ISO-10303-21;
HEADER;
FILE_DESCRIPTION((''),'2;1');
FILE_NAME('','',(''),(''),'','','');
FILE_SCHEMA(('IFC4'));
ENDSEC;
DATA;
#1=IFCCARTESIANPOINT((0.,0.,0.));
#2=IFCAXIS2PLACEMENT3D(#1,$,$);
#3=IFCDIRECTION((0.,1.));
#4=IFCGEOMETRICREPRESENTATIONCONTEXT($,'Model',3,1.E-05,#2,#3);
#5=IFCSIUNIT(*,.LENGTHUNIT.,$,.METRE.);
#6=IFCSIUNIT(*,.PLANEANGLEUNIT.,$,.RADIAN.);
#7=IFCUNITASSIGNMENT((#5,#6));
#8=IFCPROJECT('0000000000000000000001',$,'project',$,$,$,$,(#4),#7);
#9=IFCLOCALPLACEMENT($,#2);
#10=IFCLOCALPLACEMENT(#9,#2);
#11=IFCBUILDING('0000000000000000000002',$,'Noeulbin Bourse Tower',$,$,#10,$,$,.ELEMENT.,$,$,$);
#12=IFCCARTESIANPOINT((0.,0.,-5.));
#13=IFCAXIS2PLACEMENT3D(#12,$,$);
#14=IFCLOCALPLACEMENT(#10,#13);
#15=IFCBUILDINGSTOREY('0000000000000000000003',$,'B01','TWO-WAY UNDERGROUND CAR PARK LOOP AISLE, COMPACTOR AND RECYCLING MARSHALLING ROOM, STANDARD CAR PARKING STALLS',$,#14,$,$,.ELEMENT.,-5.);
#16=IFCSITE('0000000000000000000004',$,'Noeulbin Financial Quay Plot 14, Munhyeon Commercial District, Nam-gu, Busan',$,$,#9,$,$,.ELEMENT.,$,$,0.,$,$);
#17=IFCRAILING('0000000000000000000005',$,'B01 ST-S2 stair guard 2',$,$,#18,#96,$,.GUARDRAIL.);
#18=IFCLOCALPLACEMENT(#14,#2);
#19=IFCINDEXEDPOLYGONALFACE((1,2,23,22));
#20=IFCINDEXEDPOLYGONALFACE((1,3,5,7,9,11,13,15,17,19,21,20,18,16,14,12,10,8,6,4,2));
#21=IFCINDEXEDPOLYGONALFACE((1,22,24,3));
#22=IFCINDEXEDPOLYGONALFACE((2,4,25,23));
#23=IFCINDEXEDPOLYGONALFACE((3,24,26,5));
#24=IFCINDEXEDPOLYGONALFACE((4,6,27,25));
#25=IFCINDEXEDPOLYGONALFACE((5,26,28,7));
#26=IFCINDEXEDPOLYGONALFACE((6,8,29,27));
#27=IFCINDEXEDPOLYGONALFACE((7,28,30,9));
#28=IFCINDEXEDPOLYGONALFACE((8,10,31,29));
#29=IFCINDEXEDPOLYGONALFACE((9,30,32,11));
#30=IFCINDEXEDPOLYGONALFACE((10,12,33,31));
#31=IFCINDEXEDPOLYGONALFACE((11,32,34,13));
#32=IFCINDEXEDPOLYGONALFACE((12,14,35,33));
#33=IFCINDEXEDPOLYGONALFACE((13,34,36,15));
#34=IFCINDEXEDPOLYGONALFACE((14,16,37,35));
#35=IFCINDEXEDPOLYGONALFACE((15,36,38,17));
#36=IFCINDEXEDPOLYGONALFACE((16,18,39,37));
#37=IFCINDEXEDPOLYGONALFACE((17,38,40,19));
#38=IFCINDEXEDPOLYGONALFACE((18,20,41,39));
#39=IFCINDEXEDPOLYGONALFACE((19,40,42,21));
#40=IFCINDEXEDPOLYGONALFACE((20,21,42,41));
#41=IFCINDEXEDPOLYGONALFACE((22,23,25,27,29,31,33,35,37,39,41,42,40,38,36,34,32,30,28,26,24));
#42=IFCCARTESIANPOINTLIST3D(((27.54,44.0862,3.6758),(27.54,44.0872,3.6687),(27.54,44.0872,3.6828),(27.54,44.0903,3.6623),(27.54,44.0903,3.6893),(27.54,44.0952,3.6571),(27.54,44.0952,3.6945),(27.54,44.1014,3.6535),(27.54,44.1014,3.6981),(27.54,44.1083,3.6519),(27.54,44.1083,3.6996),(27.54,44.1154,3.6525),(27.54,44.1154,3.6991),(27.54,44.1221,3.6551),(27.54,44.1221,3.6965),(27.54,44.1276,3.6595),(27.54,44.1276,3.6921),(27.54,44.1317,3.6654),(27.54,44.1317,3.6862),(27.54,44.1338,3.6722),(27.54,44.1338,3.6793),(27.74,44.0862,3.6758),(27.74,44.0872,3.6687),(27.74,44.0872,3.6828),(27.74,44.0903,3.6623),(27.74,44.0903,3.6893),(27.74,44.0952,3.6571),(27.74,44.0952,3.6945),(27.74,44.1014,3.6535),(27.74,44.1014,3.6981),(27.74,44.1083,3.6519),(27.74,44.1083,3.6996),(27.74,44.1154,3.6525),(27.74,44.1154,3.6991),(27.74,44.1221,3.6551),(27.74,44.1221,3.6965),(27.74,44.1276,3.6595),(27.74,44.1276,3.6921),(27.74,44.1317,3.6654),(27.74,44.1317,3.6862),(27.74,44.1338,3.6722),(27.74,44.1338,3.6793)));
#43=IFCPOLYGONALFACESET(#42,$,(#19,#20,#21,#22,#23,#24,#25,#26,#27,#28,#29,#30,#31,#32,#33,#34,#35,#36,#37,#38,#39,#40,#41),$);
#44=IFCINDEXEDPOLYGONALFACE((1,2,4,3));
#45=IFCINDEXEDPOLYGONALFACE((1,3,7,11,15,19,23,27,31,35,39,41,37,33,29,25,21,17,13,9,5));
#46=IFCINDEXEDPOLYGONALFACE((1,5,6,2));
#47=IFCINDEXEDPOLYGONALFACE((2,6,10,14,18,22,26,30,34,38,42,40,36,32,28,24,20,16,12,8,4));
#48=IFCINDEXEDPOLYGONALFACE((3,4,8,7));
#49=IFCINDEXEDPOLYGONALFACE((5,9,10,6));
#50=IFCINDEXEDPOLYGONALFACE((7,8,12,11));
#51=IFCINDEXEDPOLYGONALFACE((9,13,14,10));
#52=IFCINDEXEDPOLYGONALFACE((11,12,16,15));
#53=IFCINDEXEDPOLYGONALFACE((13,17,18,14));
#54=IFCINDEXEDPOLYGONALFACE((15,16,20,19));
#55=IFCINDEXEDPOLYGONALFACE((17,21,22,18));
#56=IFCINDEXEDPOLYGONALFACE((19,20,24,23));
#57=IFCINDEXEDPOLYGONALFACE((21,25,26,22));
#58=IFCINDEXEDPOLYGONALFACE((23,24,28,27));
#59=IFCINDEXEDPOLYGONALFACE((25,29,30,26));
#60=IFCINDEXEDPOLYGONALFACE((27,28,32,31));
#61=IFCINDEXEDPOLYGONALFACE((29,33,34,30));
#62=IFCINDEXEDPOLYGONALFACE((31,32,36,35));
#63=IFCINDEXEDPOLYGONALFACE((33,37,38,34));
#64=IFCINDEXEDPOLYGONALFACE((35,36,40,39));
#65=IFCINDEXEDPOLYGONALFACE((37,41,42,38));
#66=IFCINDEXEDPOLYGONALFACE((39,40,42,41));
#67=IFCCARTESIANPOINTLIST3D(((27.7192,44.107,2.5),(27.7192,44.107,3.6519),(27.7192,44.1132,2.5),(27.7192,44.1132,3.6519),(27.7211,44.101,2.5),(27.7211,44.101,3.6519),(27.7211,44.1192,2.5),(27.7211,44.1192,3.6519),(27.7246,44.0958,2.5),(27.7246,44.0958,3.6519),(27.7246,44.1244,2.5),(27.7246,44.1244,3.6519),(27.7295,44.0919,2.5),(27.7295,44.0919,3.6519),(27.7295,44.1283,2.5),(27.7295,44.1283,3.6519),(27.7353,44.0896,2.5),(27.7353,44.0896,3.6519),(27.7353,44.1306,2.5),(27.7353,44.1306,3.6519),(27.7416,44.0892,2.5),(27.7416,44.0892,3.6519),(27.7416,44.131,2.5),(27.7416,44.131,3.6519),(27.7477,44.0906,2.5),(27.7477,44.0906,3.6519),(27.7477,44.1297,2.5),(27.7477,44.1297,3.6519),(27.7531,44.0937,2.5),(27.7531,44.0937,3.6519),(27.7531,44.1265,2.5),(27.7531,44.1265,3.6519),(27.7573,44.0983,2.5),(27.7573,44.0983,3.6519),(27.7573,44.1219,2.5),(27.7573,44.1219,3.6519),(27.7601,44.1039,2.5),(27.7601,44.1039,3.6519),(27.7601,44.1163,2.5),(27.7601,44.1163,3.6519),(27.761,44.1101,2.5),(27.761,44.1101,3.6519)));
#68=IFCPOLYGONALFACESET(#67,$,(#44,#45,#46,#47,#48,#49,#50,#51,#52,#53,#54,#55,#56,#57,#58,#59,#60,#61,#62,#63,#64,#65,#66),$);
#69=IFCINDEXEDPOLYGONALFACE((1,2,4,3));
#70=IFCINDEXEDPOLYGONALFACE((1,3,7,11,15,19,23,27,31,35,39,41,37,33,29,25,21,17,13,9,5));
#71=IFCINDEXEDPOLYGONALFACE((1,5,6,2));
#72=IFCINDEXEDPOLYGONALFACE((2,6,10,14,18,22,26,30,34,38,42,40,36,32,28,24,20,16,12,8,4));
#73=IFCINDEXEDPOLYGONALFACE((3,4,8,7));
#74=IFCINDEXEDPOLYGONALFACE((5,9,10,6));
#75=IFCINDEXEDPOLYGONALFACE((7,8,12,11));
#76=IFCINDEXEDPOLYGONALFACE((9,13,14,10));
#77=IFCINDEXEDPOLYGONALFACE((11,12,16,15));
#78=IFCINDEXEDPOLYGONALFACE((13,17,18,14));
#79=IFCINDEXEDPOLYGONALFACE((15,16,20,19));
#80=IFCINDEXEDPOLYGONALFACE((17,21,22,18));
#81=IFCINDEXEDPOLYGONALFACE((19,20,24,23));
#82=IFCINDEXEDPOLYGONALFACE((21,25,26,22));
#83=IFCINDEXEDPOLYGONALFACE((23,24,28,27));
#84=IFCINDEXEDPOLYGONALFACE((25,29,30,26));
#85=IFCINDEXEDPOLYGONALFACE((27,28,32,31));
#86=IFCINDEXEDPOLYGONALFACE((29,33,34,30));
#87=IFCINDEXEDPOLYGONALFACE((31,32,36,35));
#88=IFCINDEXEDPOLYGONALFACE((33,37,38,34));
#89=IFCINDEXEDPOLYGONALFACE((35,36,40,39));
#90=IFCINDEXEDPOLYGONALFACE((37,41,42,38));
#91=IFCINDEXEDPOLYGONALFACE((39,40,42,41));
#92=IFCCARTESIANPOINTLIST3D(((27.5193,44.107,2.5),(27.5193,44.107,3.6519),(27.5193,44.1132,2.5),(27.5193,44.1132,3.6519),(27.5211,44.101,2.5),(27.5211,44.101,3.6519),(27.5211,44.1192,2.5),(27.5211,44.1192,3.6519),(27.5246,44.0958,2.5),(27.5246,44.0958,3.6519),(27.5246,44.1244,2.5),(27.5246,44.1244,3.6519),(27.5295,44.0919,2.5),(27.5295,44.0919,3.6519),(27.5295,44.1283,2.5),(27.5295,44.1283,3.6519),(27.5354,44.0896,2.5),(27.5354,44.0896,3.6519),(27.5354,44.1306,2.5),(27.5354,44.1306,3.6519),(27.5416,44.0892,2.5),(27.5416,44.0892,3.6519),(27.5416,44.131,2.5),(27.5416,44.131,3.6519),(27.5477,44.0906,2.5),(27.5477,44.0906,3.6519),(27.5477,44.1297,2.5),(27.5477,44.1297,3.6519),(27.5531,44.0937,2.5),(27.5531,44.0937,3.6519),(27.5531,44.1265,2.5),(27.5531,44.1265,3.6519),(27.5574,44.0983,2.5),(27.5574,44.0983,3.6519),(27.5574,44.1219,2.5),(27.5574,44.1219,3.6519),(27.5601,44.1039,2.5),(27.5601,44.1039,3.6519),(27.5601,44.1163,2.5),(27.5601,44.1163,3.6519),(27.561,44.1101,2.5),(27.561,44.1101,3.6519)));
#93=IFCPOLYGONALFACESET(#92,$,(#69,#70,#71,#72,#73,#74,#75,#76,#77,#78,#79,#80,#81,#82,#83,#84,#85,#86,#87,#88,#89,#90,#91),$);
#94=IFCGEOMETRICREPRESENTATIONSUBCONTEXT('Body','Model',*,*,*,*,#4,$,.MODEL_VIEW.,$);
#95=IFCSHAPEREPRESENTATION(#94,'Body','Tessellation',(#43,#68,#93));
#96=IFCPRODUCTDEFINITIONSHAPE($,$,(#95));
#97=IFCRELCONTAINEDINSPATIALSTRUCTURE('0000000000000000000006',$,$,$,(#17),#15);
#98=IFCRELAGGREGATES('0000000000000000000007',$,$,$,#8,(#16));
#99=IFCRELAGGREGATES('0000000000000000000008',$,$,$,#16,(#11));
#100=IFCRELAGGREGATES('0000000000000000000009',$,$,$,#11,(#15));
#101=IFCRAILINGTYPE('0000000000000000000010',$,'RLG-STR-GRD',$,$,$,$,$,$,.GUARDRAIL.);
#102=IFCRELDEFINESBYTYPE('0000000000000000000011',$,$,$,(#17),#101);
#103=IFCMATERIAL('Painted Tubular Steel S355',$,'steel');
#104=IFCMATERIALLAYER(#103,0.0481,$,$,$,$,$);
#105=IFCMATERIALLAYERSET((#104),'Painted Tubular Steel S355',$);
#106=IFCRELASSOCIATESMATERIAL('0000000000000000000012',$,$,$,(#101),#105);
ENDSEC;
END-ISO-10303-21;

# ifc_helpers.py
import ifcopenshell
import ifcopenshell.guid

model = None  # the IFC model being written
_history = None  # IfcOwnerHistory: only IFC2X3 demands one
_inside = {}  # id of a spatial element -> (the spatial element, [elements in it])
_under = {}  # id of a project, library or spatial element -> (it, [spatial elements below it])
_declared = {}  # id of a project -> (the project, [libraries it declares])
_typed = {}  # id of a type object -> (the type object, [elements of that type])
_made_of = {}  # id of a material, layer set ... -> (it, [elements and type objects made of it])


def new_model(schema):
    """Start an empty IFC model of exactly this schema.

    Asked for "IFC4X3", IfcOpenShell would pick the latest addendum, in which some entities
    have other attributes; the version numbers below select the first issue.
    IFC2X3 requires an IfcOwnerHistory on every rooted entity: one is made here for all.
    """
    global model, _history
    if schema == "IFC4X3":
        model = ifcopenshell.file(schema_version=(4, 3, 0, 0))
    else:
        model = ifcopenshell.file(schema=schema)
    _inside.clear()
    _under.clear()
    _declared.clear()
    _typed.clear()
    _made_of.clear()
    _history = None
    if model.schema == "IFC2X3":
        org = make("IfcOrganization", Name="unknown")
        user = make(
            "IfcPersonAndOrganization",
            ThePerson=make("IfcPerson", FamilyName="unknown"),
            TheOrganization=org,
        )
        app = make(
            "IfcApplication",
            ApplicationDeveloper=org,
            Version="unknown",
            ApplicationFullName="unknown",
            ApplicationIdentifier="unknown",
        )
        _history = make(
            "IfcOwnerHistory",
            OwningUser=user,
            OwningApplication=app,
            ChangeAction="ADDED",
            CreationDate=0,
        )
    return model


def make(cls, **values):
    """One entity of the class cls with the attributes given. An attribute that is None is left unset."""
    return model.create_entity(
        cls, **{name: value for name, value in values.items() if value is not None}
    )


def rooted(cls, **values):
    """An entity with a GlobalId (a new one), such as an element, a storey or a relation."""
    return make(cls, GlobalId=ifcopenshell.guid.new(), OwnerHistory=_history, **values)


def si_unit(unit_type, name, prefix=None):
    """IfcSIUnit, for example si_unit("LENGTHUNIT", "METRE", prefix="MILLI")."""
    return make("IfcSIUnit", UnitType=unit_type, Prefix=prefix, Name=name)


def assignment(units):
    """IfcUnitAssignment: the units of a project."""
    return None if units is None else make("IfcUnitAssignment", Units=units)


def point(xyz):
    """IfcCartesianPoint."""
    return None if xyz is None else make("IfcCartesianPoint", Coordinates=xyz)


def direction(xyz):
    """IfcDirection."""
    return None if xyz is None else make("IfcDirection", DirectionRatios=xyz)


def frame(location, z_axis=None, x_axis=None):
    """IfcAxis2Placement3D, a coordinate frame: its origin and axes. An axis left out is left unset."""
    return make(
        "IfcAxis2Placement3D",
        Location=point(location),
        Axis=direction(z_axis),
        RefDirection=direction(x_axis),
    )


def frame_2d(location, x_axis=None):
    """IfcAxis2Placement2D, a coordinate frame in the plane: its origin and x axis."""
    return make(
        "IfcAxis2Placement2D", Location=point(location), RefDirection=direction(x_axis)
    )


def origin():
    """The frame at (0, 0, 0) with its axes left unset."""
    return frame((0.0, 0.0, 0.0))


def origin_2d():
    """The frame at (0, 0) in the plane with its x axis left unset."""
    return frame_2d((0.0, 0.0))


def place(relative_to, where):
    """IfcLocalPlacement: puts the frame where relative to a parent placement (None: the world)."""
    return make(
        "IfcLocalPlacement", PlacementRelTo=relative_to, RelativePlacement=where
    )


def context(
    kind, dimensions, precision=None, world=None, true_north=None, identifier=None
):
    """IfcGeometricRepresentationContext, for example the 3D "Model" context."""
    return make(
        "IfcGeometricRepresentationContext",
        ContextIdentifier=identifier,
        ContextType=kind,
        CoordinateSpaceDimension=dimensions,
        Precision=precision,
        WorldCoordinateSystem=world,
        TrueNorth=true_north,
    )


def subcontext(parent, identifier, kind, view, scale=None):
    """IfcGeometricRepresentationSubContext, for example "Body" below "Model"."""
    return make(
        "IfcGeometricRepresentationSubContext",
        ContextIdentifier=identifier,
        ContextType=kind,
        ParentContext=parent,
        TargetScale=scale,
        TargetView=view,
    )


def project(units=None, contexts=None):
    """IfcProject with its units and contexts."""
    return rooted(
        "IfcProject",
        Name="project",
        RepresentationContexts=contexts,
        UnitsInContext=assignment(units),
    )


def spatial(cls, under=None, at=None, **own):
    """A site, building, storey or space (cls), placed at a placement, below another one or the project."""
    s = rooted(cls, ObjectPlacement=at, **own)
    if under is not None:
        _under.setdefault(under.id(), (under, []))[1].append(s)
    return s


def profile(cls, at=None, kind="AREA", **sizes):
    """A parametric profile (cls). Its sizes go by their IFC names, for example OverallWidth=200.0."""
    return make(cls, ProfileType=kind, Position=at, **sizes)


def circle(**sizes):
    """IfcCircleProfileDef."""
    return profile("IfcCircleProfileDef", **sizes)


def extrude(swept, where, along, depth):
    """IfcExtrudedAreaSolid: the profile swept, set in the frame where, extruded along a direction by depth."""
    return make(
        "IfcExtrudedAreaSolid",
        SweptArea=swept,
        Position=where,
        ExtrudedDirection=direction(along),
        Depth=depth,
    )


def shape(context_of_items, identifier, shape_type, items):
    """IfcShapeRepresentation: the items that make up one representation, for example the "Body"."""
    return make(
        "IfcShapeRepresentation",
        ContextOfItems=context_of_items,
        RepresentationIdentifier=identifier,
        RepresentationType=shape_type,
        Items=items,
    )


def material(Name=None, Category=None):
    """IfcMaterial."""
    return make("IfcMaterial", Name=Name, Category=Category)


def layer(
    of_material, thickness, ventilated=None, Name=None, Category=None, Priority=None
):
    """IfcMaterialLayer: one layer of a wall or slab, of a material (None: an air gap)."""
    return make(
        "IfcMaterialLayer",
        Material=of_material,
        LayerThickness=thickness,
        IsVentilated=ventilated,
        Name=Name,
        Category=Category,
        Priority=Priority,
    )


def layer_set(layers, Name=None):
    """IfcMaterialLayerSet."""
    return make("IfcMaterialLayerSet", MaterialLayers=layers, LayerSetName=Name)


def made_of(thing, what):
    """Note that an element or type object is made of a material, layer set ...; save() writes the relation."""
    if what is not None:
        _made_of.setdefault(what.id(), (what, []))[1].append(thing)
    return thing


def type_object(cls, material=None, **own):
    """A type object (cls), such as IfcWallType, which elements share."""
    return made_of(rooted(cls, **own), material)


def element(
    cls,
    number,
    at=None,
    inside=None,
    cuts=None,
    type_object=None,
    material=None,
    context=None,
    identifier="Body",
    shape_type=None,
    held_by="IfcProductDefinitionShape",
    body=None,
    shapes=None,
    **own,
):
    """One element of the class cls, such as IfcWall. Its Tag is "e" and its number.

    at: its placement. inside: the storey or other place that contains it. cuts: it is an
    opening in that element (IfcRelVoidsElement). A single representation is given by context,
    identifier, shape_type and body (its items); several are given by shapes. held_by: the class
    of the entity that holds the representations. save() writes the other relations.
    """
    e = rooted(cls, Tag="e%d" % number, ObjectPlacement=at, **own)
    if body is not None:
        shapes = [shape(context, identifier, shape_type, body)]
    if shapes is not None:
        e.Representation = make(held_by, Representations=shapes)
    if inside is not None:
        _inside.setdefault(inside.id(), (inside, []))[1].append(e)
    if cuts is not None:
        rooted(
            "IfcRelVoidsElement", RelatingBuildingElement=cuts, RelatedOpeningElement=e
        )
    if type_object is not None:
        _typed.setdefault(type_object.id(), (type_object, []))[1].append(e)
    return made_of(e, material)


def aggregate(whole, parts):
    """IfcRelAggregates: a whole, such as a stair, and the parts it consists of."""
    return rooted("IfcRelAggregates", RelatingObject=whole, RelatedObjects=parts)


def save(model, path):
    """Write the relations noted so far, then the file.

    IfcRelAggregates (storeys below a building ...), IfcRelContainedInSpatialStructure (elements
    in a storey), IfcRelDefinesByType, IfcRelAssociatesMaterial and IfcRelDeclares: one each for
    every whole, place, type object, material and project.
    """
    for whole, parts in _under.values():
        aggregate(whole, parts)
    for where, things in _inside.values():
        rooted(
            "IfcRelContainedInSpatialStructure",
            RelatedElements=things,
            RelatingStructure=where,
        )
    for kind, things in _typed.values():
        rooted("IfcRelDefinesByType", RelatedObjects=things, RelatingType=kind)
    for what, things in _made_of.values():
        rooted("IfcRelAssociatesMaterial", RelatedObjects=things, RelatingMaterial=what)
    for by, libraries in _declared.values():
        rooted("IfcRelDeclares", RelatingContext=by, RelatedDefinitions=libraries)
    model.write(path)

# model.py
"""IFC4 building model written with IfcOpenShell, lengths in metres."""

from ifc_helpers import new_model, si_unit, direction, frame, origin, origin_2d, place, context, subcontext, project, spatial, circle, extrude, material, layer, layer_set, type_object, element, save


model = new_model("IFC4")

# Units and contexts
model_context = context("Model", 3, precision=1e-05, world=origin(), true_north=direction((0.0, 1.0)))
body_context = subcontext(model_context, "Body", "Model", "MODEL_VIEW")
ifc_project = project(units=[si_unit("LENGTHUNIT", "METRE"), si_unit("PLANEANGLEUNIT", "RADIAN")], contexts=[model_context])

# Site, building, storey
site_placement = place(None, origin())
site = spatial("IfcSite", under=ifc_project, at=site_placement, Name="Noeulbin Financial Quay Plot 14, Munhyeon Commercial District, Nam-gu, Busan", CompositionType="ELEMENT", RefElevation=0.0)
building_placement = place(site_placement, origin())
building = spatial("IfcBuilding", under=site, at=building_placement, Name="Noeulbin Bourse Tower", CompositionType="ELEMENT")
storey_placement = place(building_placement, frame((0.0, 0.0, -5.0)))
storey = spatial("IfcBuildingStorey", under=building, at=storey_placement, Name="B01", Description="TWO-WAY UNDERGROUND CAR PARK LOOP AISLE, COMPACTOR AND RECYCLING MARSHALLING ROOM, STANDARD CAR PARKING STALLS", CompositionType="ELEMENT", Elevation=-5.0)

# Railing
ifc_material_1 = material(Name="Painted Tubular Steel S355", Category="steel")
ifc_layer_1 = layer(ifc_material_1, 0.0481)
ifc_layer_set_1 = layer_set([ifc_layer_1], Name="Painted Tubular Steel S355")
railing_type_1 = type_object("IfcRailingType", Name="RLG-STR-GRD", PredefinedType="GUARDRAIL", material=ifc_layer_set_1)
railing_1_placement = place(storey_placement, frame((27.74, 44.1101, 2.5)))
element("IfcRailing", 1, at=railing_1_placement, inside=storey, type_object=railing_type_1, Name="B01 ST-S2 stair guard 2", PredefinedType="GUARDRAIL", context=body_context, shape_type="SweptSolid", body=[
    extrude(circle(Radius=0.0239, at=origin_2d()), frame((0.0, 0.0, 1.1758), z_axis=(-1.0, 0.0, 0.0), x_axis=(0.0, -1.0, 0.0)), (0.0, 0.0, 1.0), 0.2),
    extrude(circle(Radius=0.021, at=origin_2d()), origin(), (0.0, 0.0, 1.0), 1.1519),
    extrude(circle(Radius=0.021, at=origin_2d()), frame((-0.2, 0.0, 0.0)), (0.0, 0.0, 1.0), 1.1519),
])

save(model, "model.ifc")
